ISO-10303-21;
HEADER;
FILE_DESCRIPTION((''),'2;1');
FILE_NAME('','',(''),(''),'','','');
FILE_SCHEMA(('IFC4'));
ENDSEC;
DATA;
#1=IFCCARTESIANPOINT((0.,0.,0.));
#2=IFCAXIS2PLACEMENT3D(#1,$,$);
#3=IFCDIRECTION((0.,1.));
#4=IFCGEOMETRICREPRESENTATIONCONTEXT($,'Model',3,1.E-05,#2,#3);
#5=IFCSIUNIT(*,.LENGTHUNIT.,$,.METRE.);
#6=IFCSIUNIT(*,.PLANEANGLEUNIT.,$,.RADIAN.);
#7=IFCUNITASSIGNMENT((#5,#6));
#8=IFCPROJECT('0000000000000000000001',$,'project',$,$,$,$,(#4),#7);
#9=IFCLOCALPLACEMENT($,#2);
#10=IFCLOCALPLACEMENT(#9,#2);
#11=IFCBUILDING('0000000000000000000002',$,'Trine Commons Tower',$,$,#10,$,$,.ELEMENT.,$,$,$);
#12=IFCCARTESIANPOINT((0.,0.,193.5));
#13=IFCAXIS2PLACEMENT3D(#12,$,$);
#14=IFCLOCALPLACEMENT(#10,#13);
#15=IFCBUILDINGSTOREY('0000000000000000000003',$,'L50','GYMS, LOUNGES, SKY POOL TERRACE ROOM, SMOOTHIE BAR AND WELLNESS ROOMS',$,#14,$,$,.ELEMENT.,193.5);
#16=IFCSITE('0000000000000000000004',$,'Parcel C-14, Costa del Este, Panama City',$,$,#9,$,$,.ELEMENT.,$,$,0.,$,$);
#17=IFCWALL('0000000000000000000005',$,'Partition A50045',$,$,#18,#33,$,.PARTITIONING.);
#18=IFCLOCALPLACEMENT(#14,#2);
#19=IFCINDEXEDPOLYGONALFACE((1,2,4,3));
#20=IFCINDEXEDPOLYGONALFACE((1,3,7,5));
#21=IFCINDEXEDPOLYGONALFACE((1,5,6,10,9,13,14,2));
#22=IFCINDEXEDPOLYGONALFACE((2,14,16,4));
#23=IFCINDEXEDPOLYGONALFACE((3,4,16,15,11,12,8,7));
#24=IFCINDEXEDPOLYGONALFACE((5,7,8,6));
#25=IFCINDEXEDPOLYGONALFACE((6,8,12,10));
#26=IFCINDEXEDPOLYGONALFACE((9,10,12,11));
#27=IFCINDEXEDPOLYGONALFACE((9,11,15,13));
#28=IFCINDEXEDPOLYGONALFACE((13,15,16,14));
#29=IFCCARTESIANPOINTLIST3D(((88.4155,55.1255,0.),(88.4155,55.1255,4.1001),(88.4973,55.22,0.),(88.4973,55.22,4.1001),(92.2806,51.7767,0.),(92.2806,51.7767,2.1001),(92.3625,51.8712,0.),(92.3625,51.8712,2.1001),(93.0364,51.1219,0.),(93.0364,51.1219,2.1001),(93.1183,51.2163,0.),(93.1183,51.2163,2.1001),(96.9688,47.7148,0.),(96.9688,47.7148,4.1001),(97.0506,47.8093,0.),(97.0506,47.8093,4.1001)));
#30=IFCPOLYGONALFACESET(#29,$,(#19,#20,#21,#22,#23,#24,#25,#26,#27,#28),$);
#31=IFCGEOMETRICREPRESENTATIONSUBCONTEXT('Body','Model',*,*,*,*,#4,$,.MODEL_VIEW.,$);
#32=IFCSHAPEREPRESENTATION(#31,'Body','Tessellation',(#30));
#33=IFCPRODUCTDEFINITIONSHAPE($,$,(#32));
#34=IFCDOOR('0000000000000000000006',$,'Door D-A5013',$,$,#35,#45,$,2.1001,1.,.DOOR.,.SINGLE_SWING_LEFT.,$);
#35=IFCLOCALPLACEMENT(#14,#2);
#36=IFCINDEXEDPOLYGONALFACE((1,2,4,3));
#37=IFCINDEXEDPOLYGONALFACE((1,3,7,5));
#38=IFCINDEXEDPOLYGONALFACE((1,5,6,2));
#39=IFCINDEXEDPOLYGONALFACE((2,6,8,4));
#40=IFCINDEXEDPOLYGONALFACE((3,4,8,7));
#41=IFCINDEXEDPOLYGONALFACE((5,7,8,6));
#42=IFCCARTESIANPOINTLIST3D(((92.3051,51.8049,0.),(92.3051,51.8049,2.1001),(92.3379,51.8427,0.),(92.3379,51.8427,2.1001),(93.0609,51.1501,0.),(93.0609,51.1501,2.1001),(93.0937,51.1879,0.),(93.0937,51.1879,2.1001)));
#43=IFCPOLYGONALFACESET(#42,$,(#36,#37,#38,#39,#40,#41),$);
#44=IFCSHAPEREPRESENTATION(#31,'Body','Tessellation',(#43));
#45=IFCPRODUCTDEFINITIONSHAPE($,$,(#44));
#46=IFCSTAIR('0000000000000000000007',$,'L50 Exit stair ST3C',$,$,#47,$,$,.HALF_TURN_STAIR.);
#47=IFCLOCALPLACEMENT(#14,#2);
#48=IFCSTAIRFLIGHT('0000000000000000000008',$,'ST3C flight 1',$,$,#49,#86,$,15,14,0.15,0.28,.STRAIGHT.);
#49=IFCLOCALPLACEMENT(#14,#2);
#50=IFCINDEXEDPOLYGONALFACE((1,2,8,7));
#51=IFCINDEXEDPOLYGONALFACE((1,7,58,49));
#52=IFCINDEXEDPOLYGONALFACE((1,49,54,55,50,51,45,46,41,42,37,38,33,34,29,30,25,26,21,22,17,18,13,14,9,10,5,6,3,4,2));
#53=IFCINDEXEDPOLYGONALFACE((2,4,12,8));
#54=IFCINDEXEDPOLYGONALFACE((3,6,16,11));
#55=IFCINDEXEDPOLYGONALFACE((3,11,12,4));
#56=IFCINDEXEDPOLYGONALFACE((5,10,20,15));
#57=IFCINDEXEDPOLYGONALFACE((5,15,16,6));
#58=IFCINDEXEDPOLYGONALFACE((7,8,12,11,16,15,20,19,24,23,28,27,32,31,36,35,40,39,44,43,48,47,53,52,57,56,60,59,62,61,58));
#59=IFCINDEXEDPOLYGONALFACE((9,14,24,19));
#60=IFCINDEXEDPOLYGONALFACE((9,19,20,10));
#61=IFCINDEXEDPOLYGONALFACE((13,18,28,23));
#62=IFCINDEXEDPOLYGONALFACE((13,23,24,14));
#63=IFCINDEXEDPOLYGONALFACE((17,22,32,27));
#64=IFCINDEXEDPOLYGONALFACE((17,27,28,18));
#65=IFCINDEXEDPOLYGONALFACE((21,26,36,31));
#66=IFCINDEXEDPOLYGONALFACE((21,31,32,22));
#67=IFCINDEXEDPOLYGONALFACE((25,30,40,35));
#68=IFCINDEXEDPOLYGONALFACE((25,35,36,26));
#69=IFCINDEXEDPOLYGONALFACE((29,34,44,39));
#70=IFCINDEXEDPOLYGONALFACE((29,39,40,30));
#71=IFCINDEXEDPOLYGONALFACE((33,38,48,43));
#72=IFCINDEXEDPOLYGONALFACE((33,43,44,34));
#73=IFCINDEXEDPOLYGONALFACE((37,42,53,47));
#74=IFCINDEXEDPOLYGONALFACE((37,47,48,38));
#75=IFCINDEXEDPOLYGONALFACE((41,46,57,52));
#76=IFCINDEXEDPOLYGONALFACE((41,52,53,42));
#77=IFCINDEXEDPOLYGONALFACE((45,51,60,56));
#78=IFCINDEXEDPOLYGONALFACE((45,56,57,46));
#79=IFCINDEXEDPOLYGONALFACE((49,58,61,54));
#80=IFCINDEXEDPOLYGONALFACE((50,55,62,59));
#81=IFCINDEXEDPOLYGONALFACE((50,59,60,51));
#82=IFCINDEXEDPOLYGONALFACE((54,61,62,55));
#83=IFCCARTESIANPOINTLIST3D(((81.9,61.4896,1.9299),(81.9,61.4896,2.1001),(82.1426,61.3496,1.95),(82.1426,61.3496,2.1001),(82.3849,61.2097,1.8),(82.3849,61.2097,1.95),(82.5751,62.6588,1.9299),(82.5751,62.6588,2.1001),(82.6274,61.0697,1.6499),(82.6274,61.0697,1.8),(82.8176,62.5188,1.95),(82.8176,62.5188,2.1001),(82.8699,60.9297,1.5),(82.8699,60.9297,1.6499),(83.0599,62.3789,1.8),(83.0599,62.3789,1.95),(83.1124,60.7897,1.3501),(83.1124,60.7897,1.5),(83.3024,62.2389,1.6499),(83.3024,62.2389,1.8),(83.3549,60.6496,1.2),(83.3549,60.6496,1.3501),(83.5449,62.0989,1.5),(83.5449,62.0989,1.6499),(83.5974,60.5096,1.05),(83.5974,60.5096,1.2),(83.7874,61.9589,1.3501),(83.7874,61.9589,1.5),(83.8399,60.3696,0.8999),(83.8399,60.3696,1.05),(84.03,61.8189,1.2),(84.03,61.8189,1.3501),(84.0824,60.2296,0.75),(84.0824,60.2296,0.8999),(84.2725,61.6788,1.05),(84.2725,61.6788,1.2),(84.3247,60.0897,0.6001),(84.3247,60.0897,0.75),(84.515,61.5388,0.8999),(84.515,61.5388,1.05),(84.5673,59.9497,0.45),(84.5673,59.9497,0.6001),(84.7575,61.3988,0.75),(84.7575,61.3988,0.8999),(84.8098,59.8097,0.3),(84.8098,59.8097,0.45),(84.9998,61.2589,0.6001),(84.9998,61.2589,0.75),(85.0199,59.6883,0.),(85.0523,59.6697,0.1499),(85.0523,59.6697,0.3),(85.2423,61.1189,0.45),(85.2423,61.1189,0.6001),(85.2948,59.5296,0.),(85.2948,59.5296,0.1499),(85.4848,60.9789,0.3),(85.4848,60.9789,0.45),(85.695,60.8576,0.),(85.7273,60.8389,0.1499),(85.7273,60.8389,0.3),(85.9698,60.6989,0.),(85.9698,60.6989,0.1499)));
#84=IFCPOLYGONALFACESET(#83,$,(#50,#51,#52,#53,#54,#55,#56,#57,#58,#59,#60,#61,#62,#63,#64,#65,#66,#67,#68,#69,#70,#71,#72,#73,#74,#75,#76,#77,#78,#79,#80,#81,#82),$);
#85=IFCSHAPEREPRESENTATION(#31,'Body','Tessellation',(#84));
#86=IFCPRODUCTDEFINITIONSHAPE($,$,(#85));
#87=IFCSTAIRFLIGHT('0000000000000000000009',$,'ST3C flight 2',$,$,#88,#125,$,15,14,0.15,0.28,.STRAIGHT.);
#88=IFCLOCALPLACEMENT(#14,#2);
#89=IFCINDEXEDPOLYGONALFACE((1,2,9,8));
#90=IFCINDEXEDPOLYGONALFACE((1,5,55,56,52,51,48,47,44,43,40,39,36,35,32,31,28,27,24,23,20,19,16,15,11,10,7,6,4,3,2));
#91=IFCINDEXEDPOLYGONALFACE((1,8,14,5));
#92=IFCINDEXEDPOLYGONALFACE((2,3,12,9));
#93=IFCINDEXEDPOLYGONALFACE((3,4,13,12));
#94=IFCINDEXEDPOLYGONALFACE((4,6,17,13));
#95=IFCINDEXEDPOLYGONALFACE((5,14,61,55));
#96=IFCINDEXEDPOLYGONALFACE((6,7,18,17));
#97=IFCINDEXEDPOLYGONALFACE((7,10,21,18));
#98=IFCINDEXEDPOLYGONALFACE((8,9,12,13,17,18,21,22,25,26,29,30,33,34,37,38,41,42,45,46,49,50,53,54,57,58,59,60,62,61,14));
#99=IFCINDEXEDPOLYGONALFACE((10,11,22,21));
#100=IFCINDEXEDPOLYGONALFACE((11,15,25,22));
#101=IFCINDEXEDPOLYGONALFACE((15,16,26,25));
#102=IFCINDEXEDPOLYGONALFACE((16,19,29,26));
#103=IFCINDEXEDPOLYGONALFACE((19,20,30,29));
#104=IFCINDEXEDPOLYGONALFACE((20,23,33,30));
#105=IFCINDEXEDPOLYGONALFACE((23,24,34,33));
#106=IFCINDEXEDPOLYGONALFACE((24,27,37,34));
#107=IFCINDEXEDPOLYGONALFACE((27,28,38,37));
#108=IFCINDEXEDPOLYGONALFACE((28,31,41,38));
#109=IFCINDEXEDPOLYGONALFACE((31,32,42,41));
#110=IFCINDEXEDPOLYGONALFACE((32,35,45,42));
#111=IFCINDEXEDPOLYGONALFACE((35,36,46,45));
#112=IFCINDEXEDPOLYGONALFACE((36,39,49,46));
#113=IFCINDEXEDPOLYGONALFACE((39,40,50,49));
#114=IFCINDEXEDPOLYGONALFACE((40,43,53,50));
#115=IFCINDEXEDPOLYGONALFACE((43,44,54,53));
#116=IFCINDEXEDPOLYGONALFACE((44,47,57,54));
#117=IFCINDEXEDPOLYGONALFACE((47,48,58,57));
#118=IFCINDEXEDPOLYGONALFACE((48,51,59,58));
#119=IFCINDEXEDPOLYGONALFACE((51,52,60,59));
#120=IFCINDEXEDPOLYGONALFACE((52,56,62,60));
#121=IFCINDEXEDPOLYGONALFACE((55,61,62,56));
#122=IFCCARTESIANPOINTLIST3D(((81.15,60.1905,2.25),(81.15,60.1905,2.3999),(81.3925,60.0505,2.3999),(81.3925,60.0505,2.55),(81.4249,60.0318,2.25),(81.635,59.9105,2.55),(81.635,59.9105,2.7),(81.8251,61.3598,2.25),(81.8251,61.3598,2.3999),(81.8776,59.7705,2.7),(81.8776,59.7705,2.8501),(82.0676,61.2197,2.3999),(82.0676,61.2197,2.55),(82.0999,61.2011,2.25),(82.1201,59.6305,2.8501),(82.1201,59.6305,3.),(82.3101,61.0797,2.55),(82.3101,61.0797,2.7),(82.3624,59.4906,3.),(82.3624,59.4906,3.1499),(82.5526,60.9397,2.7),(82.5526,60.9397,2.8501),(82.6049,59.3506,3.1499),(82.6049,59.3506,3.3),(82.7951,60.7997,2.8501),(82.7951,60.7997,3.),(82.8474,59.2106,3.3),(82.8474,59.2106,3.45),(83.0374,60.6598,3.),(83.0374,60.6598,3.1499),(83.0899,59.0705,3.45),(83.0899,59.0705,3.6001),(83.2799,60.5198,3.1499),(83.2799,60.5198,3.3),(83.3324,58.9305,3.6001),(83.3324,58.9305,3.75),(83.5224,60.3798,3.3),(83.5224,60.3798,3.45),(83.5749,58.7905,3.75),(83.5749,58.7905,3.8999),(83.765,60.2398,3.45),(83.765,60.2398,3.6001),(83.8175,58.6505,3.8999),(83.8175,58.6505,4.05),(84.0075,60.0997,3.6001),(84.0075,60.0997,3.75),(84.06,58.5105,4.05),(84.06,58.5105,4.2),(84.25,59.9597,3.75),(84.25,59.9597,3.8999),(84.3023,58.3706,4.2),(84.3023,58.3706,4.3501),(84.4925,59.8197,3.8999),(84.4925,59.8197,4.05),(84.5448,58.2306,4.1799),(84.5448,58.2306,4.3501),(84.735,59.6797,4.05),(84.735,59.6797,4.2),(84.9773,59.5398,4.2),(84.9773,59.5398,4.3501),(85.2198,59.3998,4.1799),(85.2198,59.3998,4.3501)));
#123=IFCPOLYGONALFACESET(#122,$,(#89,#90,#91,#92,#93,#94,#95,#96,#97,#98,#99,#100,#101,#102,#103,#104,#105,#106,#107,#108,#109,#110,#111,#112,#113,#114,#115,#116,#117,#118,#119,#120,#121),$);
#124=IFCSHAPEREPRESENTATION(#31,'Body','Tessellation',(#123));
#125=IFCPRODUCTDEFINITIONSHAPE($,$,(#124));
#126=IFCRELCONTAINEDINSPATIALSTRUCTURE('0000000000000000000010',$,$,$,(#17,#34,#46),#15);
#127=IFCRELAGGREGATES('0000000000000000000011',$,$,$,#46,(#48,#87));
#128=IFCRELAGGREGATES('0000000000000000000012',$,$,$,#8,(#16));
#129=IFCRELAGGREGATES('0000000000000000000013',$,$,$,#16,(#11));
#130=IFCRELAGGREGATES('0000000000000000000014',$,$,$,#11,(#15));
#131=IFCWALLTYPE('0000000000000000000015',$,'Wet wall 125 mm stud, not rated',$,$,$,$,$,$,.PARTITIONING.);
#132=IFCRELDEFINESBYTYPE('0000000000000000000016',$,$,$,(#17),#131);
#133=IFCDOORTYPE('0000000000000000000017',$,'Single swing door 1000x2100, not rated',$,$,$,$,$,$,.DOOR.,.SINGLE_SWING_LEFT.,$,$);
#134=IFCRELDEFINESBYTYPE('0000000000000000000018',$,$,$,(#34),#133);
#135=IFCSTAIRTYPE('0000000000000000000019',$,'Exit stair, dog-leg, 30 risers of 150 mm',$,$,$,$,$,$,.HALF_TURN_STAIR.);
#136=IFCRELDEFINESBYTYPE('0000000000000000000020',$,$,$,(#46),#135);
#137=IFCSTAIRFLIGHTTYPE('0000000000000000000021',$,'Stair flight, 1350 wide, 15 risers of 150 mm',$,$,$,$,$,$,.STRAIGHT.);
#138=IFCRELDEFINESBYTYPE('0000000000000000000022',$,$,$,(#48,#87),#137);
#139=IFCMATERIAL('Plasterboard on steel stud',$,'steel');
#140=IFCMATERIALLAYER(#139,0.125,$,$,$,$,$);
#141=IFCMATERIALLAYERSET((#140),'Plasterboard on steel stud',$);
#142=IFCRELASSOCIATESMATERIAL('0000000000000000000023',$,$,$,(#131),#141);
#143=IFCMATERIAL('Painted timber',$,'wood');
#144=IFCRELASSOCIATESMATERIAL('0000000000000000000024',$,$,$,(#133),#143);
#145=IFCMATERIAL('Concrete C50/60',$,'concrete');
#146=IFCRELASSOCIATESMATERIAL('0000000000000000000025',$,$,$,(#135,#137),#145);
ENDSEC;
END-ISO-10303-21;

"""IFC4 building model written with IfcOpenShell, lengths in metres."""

from ifc_helpers import new_model, si_unit, direction, frame, frame_2d, origin, place, context, subcontext, project, spatial, polyline, rectangle, outline, extrude, material, layer, layer_set, type_object, element, fill, aggregate, save


model = new_model("IFC4")

# Units and contexts
model_context = context("Model", 3, precision=1e-05, world=origin(), true_north=direction((0.0, 1.0)))
body_context = subcontext(model_context, "Body", "Model", "MODEL_VIEW")
ifc_project = project(units=[si_unit("LENGTHUNIT", "METRE"), si_unit("PLANEANGLEUNIT", "RADIAN")], contexts=[model_context])

# Site, building, storey
site_placement = place(None, origin())
site = spatial("IfcSite", under=ifc_project, at=site_placement, Name="Parcel C-14, Costa del Este, Panama City", CompositionType="ELEMENT", RefElevation=0.0)
building_placement = place(site_placement, origin())
building = spatial("IfcBuilding", under=site, at=building_placement, Name="Trine Commons Tower", CompositionType="ELEMENT")
storey_placement = place(building_placement, frame((0.0, 0.0, 193.5)))
storey = spatial("IfcBuildingStorey", under=building, at=storey_placement, Name="L50", Description="GYMS, LOUNGES, SKY POOL TERRACE ROOM, SMOOTHIE BAR AND WELLNESS ROOMS", CompositionType="ELEMENT", Elevation=193.5)

# Shared definitions
ifc_material_1 = material(Name="Plasterboard on steel stud", Category="steel")

# Shared definitions
ifc_layer_1 = layer(ifc_material_1, 0.125)
ifc_layer_set_1 = layer_set([ifc_layer_1], Name="Plasterboard on steel stud")
wall_type_1 = type_object("IfcWallType", Name="Wet wall 125 mm stud, not rated", PredefinedType="PARTITIONING", material=ifc_layer_set_1)

# Wall, opening, door
wall_1_placement = place(storey_placement, frame((88.4563, 55.1729, 0.0), z_axis=(0.0, 0.0, 1.0), x_axis=(0.755783, -0.654822, 0.0)))
wall_1 = element("IfcWall", 1, at=wall_1_placement, inside=storey, type_object=wall_type_1, Name="Partition A50045", PredefinedType="PARTITIONING", context=body_context, shape_type="SweptSolid", body=[
    extrude(rectangle(XDim=11.3171, YDim=0.125, at=frame_2d((5.6587, 0.0))), origin(), (0.0, 0.0, 1.0), 4.1001),
])
opening_1_placement = place(wall_1_placement, frame((5.1143, 0.0, 0.0)))
opening_1 = element("IfcOpeningElement", 2, at=opening_1_placement, cuts=wall_1, PredefinedType="OPENING", context=body_context, shape_type="SweptSolid", body=[
    extrude(rectangle(XDim=1.0, YDim=2.1001, at=frame_2d((0.5, 1.05))), frame((0.0, 0.0725, 0.0), z_axis=(0.0, -1.0, 0.0), x_axis=(1.0, 0.0, 0.0)), (0.0, 0.0, 1.0), 0.145),
])
ifc_material_2 = material(Name="Painted timber", Category="wood")
door_type_1 = type_object("IfcDoorType", Name="Single swing door 1000x2100, not rated", OperationType="SINGLE_SWING_LEFT", PredefinedType="DOOR", material=ifc_material_2)
door_1_placement = place(opening_1_placement, origin())
door_1 = element("IfcDoor", 3, at=door_1_placement, inside=storey, type_object=door_type_1, Name="Door D-A5013", OperationType="SINGLE_SWING_LEFT", OverallHeight=2.1001, OverallWidth=1.0, PredefinedType="DOOR", context=body_context, shape_type="SweptSolid", body=[
    extrude(rectangle(XDim=1.0, YDim=2.1001, at=frame_2d((0.5, 1.05))), frame((0.0, 0.0249, 0.0), z_axis=(0.0, -1.0, 0.0), x_axis=(1.0, 0.0, 0.0)), (0.0, 0.0, 1.0), 0.05),
])
fill(opening_1, door_1)

# Stair, stair flights
ifc_material_3 = material(Name="Concrete C50/60", Category="concrete")
stair_type = type_object("IfcStairType", Name="Exit stair, dog-leg, 30 risers of 150 mm", PredefinedType="HALF_TURN_STAIR", material=ifc_material_3)
stair_placement = place(storey_placement, origin())
stair = element("IfcStair", 4, at=stair_placement, inside=storey, type_object=stair_type, Name="L50 Exit stair ST3C", PredefinedType="HALF_TURN_STAIR")
stair_flight_type = type_object("IfcStairFlightType", Name="Stair flight, 1350 wide, 15 risers of 150 mm", PredefinedType="STRAIGHT", material=ifc_material_3)
stair_flight_1_placement = place(storey_placement, frame((85.6323, 60.1143, 0.0), z_axis=(0.0, 0.0, 1.0), x_axis=(-0.866025, 0.5, 0.0)))
stair_flight_1 = element("IfcStairFlight", 5, at=stair_flight_1_placement, type_object=stair_flight_type, Name="ST3C flight 1", NumberOfRisers=15, NumberOfTreads=14, PredefinedType="STRAIGHT", RiserHeight=0.15, TreadLength=0.28, context=body_context, shape_type="SweptSolid", body=[
    extrude(outline(polyline([(0.0, 0.0), (0.0, 0.1499), (0.28, 0.1499), (0.28, 0.3), (0.5601, 0.3), (0.5601, 0.45), (0.8401, 0.45), (0.8401, 0.6001), (1.1201, 0.6001), (1.1201, 0.75), (1.3999, 0.75), (1.3999, 0.8999), (1.6799, 0.8999), (1.6799, 1.05), (1.96, 1.05), (1.96, 1.2), (2.24, 1.2), (2.24, 1.3501), (2.52, 1.3501), (2.52, 1.5), (2.8, 1.5), (2.8, 1.6499), (3.0801, 1.6499), (3.0801, 1.8), (3.3601, 1.8), (3.3601, 1.95), (3.6399, 1.95), (3.6399, 2.1001), (3.9199, 2.1001), (3.9199, 2.25), (3.9199, 1.9299), (0.3174, 0.0), (0.0, 0.0)])), frame((0.0, 0.675, 0.0), z_axis=(0.0, -1.0, 0.0), x_axis=(1.0, 0.0, 0.0)), (0.0, 0.0, 1.0), 1.3501),
])
stair_flight_2_placement = place(storey_placement, frame((81.4875, 60.7751, 2.25), z_axis=(0.0, 0.0, 1.0), x_axis=(0.866025, -0.5, 0.0)))
stair_flight_2 = element("IfcStairFlight", 6, at=stair_flight_2_placement, type_object=stair_flight_type, Name="ST3C flight 2", NumberOfRisers=15, NumberOfTreads=14, PredefinedType="STRAIGHT", RiserHeight=0.15, TreadLength=0.28, context=body_context, shape_type="SweptSolid", body=[
    extrude(outline(polyline([(0.0, 0.0), (0.0, 0.1499), (0.28, 0.1499), (0.28, 0.3), (0.5601, 0.3), (0.5601, 0.45), (0.8401, 0.45), (0.8401, 0.6001), (1.1201, 0.6001), (1.1201, 0.75), (1.3999, 0.75), (1.3999, 0.8999), (1.6799, 0.8999), (1.6799, 1.05), (1.96, 1.05), (1.96, 1.2), (2.24, 1.2), (2.24, 1.3501), (2.52, 1.3501), (2.52, 1.5), (2.8, 1.5), (2.8, 1.6499), (3.0801, 1.6499), (3.0801, 1.8), (3.3601, 1.8), (3.3601, 1.95), (3.6399, 1.95), (3.6399, 2.1001), (3.9199, 2.1001), (3.9199, 2.25), (3.9199, 1.9299), (0.3174, 0.0), (0.0, 0.0)])), frame((0.0, 0.675, 0.0), z_axis=(0.0, -1.0, 0.0), x_axis=(1.0, 0.0, 0.0)), (0.0, 0.0, 1.0), 1.3501),
])
aggregate(stair, [stair_flight_1, stair_flight_2])

save(model, "model.ifc")
